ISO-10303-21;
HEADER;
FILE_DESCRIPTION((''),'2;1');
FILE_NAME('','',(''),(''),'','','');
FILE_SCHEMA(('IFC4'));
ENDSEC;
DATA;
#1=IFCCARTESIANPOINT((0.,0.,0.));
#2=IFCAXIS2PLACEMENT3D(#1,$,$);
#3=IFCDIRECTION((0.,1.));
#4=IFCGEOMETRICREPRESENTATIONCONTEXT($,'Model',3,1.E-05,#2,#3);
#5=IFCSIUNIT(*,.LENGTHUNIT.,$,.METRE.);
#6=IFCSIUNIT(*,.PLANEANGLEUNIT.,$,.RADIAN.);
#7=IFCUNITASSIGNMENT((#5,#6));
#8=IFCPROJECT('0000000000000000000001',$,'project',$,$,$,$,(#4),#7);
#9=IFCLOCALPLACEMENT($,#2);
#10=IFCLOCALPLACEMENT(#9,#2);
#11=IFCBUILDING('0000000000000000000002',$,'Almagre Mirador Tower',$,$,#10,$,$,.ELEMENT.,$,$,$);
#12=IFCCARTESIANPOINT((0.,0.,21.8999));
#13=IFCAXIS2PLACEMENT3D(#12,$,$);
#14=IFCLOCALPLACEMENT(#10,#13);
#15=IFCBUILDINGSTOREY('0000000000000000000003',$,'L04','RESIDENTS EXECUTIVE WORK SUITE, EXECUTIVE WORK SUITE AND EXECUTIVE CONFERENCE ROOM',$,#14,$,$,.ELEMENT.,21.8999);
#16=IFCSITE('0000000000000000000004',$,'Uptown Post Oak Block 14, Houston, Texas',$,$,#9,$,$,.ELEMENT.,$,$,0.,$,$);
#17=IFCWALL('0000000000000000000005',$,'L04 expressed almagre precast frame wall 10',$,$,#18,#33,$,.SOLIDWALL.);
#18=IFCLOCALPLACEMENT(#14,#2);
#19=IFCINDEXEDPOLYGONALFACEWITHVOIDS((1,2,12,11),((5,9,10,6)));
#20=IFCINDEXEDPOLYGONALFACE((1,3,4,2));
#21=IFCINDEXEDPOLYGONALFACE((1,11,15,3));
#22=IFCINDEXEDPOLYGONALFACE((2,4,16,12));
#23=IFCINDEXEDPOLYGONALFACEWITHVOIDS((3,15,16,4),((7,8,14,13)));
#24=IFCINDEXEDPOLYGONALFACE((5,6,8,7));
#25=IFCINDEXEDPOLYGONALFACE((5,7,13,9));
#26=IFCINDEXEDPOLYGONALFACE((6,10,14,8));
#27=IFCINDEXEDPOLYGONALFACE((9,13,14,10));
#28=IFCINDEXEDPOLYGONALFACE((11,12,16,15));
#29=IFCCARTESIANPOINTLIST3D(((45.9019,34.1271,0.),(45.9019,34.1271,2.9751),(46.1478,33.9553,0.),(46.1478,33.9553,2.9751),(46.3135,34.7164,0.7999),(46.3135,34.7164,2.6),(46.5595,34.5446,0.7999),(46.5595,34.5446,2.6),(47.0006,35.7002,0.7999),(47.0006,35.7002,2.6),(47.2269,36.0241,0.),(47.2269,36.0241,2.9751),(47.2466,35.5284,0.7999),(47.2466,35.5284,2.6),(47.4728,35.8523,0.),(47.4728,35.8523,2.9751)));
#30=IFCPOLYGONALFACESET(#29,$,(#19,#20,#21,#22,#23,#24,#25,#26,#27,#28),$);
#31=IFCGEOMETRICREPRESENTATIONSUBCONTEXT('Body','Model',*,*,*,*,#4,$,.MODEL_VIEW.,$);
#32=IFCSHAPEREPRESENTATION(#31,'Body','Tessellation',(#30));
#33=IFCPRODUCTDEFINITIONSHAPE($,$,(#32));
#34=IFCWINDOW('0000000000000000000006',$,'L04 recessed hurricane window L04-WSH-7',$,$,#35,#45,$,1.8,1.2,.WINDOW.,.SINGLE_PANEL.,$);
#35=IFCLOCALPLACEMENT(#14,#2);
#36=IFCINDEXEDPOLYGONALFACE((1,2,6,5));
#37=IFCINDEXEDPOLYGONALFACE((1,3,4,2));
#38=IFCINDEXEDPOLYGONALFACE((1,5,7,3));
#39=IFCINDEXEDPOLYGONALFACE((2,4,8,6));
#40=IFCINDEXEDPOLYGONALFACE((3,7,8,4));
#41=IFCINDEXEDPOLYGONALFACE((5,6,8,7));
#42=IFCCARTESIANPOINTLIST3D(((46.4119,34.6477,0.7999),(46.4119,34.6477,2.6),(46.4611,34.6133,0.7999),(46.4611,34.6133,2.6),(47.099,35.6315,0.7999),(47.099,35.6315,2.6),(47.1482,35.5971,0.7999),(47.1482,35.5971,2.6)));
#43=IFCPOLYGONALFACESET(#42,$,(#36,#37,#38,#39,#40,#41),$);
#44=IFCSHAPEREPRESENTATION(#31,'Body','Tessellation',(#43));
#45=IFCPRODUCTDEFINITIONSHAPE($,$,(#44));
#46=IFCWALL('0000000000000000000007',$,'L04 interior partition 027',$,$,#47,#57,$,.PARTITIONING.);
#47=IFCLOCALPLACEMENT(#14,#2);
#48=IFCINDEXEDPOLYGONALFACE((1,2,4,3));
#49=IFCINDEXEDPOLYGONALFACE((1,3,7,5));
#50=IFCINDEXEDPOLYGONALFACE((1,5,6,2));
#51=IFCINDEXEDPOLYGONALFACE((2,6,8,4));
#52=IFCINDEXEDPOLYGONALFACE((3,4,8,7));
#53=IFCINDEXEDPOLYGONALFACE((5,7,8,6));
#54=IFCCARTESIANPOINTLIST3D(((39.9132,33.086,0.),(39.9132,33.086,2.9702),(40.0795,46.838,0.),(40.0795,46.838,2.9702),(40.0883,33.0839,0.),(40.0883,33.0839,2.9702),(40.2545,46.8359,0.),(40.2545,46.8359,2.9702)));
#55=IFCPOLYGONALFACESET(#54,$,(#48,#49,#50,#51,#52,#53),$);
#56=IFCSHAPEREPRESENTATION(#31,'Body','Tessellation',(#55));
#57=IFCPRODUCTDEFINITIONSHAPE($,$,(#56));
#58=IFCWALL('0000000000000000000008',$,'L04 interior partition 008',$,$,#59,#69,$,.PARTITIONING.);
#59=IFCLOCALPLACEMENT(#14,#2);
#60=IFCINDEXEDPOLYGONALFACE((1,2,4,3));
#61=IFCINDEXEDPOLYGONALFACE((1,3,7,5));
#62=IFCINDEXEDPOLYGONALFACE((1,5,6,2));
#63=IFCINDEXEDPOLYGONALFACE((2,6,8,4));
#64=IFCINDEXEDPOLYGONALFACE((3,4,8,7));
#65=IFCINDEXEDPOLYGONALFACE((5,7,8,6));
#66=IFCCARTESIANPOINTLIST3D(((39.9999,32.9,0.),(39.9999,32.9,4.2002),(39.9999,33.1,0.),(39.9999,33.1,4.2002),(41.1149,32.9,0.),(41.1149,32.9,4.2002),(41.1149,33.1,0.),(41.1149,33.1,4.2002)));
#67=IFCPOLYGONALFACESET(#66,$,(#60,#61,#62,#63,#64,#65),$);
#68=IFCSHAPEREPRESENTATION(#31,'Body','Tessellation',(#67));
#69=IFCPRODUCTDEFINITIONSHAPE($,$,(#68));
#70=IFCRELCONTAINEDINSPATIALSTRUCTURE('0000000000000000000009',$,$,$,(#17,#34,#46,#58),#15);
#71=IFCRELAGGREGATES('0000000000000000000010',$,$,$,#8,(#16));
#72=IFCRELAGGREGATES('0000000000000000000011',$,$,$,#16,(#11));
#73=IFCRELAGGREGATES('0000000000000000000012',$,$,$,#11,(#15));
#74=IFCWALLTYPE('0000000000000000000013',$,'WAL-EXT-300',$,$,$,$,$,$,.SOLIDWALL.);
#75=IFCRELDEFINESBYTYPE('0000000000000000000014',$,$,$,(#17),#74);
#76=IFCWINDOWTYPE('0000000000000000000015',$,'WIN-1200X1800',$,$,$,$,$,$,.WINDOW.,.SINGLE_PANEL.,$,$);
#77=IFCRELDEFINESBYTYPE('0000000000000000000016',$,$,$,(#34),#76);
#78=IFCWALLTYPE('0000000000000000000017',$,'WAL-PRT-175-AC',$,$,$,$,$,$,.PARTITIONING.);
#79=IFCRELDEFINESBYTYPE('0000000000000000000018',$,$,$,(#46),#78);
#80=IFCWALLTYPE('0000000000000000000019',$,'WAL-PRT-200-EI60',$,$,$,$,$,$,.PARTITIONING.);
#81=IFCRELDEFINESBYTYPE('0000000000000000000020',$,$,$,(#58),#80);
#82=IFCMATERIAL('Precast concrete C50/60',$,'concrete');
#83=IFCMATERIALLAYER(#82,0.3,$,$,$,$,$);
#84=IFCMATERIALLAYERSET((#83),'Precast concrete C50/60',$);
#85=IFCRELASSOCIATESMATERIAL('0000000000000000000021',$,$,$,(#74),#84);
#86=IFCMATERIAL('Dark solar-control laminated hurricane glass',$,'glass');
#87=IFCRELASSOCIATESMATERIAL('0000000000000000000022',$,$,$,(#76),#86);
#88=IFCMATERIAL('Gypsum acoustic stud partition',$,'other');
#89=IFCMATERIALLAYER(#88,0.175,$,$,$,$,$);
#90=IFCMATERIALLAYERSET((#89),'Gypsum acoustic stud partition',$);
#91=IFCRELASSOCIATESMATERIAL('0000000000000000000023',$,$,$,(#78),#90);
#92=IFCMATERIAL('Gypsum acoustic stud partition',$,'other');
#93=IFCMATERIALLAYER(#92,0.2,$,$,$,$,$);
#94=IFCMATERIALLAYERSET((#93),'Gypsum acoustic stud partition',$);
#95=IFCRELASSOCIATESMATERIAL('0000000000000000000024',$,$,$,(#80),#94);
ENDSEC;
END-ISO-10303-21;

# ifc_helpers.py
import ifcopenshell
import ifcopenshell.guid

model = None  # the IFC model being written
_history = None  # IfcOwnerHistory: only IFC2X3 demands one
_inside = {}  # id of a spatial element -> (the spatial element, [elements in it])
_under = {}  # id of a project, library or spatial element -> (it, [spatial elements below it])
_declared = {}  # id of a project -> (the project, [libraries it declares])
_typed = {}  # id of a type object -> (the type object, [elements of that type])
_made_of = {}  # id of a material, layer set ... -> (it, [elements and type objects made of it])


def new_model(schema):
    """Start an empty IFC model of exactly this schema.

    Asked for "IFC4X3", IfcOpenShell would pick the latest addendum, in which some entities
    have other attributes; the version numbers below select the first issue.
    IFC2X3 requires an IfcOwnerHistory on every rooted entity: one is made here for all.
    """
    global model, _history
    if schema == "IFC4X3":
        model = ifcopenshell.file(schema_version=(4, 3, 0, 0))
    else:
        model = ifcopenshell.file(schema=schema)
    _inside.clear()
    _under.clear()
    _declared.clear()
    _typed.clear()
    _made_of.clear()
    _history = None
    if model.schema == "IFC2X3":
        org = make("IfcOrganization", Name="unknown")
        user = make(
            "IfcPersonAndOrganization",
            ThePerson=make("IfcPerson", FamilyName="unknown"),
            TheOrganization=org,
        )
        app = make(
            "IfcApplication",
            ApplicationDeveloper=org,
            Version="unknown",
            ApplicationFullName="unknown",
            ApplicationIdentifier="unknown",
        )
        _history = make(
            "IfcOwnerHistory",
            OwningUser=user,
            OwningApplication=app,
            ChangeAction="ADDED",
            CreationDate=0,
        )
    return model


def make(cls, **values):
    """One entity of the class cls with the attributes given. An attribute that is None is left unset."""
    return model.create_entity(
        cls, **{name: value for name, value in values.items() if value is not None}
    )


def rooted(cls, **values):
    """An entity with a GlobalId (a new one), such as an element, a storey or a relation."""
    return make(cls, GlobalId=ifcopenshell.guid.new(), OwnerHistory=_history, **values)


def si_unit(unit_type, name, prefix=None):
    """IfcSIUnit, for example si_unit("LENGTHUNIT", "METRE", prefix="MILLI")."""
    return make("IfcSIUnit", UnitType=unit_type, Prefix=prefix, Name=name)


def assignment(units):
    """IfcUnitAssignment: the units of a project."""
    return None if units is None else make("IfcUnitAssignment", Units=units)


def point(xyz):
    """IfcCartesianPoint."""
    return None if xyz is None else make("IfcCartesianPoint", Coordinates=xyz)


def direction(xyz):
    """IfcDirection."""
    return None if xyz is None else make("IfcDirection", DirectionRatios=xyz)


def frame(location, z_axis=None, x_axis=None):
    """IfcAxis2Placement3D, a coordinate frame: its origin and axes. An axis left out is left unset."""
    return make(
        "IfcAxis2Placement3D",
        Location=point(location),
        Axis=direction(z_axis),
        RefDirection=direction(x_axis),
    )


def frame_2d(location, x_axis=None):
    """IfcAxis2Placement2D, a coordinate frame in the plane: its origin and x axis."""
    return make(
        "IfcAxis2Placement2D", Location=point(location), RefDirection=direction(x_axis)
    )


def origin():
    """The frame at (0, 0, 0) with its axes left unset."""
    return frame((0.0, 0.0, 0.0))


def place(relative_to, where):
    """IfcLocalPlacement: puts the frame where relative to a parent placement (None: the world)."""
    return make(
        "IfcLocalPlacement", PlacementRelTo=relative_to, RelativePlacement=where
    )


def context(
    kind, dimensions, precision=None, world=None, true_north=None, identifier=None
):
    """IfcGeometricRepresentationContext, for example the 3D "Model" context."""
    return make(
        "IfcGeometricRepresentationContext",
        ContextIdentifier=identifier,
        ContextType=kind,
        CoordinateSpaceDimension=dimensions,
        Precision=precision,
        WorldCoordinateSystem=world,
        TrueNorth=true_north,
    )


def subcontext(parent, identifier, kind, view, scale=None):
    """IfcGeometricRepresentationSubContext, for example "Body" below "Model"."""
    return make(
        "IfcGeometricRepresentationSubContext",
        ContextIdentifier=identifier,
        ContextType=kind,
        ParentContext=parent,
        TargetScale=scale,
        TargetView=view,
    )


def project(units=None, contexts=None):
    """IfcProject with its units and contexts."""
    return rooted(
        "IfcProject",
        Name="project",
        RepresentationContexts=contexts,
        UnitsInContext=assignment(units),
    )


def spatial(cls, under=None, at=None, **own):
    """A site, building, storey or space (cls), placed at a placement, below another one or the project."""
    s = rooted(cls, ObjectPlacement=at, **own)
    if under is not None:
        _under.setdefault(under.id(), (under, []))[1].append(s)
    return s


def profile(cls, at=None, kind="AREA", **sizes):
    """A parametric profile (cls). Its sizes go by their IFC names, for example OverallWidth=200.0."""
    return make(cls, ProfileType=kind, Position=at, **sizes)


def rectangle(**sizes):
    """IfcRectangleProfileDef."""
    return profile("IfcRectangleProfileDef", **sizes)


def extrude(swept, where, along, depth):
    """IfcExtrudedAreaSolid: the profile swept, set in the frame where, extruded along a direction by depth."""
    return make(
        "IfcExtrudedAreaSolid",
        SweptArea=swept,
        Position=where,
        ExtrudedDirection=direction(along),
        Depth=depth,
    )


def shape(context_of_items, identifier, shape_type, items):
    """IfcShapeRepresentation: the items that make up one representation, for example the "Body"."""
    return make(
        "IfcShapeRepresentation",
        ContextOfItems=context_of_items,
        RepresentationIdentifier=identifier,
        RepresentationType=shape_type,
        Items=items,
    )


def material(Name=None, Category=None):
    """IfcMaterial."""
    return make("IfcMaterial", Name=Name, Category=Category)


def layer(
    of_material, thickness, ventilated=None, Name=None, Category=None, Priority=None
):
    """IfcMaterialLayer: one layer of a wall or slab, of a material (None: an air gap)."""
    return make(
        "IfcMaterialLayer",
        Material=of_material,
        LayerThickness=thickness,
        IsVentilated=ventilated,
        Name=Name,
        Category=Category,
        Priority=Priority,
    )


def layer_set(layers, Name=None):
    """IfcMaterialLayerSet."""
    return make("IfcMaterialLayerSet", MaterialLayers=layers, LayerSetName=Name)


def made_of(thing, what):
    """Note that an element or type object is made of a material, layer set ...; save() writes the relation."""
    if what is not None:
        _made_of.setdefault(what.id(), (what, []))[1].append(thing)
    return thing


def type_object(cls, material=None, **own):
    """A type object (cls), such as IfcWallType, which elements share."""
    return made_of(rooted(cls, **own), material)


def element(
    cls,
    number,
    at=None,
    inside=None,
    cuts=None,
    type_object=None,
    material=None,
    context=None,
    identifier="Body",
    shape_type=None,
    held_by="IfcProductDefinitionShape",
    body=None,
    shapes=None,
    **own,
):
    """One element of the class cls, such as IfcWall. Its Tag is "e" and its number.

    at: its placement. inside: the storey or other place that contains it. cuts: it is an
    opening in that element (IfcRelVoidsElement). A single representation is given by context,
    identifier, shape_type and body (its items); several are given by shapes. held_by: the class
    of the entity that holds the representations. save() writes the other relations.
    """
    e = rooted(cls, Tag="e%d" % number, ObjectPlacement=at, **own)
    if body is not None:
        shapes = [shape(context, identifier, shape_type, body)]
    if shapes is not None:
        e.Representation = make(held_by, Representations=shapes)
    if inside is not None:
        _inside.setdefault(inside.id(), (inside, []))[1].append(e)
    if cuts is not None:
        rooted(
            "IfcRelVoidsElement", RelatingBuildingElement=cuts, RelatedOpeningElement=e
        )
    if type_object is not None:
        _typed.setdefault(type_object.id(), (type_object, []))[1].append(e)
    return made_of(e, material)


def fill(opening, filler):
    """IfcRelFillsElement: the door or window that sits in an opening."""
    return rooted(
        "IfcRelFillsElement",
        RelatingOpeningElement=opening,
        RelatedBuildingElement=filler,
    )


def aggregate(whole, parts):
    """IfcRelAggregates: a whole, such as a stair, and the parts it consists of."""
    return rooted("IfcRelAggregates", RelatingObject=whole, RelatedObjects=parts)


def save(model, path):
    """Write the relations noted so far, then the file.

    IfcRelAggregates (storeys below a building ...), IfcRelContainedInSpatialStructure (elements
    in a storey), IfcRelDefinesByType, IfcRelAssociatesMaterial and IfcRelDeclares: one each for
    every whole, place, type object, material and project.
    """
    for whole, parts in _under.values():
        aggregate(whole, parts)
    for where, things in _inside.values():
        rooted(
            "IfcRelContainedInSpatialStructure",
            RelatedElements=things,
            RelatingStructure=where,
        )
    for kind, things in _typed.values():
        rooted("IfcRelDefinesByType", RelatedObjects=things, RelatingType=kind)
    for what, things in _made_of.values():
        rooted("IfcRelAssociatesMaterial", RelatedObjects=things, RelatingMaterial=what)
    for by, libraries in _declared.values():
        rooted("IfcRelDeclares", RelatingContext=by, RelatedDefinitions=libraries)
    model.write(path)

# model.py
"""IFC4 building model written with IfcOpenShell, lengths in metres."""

from ifc_helpers import new_model, si_unit, direction, frame, frame_2d, origin, place, context, subcontext, project, spatial, rectangle, extrude, material, layer, layer_set, type_object, element, fill, save


model = new_model("IFC4")

# Units and contexts
model_context = context("Model", 3, precision=1e-05, world=origin(), true_north=direction((0.0, 1.0)))
body_context = subcontext(model_context, "Body", "Model", "MODEL_VIEW")
ifc_project = project(units=[si_unit("LENGTHUNIT", "METRE"), si_unit("PLANEANGLEUNIT", "RADIAN")], contexts=[model_context])

# Site, building, storey
site_placement = place(None, origin())
site = spatial("IfcSite", under=ifc_project, at=site_placement, Name="Uptown Post Oak Block 14, Houston, Texas", CompositionType="ELEMENT", RefElevation=0.0)
building_placement = place(site_placement, origin())
building = spatial("IfcBuilding", under=site, at=building_placement, Name="Almagre Mirador Tower", CompositionType="ELEMENT")
storey_placement = place(building_placement, frame((0.0, 0.0, 21.8999)))
storey = spatial("IfcBuildingStorey", under=building, at=storey_placement, Name="L04", Description="RESIDENTS EXECUTIVE WORK SUITE, EXECUTIVE WORK SUITE AND EXECUTIVE CONFERENCE ROOM", CompositionType="ELEMENT", Elevation=21.8999)

# Shared definitions
ifc_material_1 = material(Name="Precast concrete C50/60", Category="concrete")
ifc_layer_1 = layer(ifc_material_1, 0.3)
ifc_layer_set_1 = layer_set([ifc_layer_1], Name="Precast concrete C50/60")
wall_type_1 = type_object("IfcWallType", Name="WAL-EXT-300", PredefinedType="SOLIDWALL", material=ifc_layer_set_1)

# Wall, opening, window
wall_1_placement = place(storey_placement, frame((47.3499, 35.9382, 0.0), z_axis=(0.0, 0.0, 1.0), x_axis=(-0.572612, -0.819826, 0.0)))
wall_1 = element("IfcWall", 1, at=wall_1_placement, inside=storey, type_object=wall_type_1, Name="L04 expressed almagre precast frame wall 10", PredefinedType="SOLIDWALL", context=body_context, shape_type="SweptSolid", body=[
    extrude(rectangle(XDim=2.314, YDim=0.3, at=frame_2d((1.157, 0.0))), origin(), (0.0, 0.0, 1.0), 2.9751),
])
opening_1_placement = place(wall_1_placement, frame((0.395, 0.0, 0.8)))
opening_1 = element("IfcOpeningElement", 2, at=opening_1_placement, cuts=wall_1, PredefinedType="OPENING", context=body_context, shape_type="SweptSolid", body=[
    extrude(rectangle(XDim=1.2, YDim=1.8, at=frame_2d((0.6001, 0.8999))), frame((0.0, 0.1599, 0.0), z_axis=(0.0, -1.0, 0.0), x_axis=(1.0, 0.0, 0.0)), (0.0, 0.0, 1.0), 0.32),
])
ifc_material_2 = material(Name="Dark solar-control laminated hurricane glass", Category="glass")
window_type_1 = type_object("IfcWindowType", Name="WIN-1200X1800", PartitioningType="SINGLE_PANEL", PredefinedType="WINDOW", material=ifc_material_2)
window_1_placement = place(opening_1_placement, origin())
window_1 = element("IfcWindow", 3, at=window_1_placement, inside=storey, type_object=window_type_1, Name="L04 recessed hurricane window L04-WSH-7", OverallHeight=1.8, OverallWidth=1.2, PartitioningType="SINGLE_PANEL", PredefinedType="WINDOW", context=body_context, shape_type="SweptSolid", body=[
    extrude(rectangle(XDim=1.2, YDim=1.8, at=frame_2d((0.6001, 0.8999))), frame((0.0, 0.03, 0.0), z_axis=(0.0, -1.0, 0.0), x_axis=(1.0, 0.0, 0.0)), (0.0, 0.0, 1.0), 0.0601),
])
fill(opening_1, window_1)

# Walls
ifc_material_3 = material(Name="Gypsum acoustic stud partition", Category="other")
ifc_layer_2 = layer(ifc_material_3, 0.175)
ifc_layer_set_2 = layer_set([ifc_layer_2], Name="Gypsum acoustic stud partition")
wall_type_2 = type_object("IfcWallType", Name="WAL-PRT-175-AC", PredefinedType="PARTITIONING", material=ifc_layer_set_2)
wall_2_placement = place(storey_placement, frame((40.167, 46.8369, 0.0), z_axis=(0.0, 0.0, 1.0), x_axis=(-0.012089, -0.999927, 0.0)))
element("IfcWall", 4, at=wall_2_placement, inside=storey, type_object=wall_type_2, Name="L04 interior partition 027", PredefinedType="PARTITIONING", context=body_context, shape_type="SweptSolid", body=[
    extrude(rectangle(XDim=13.7529, YDim=0.175, at=frame_2d((6.8765, 0.0))), origin(), (0.0, 0.0, 1.0), 2.9702),
])
ifc_material_4 = material(Name="Gypsum acoustic stud partition", Category="other")
ifc_layer_3 = layer(ifc_material_4, 0.2)
ifc_layer_set_3 = layer_set([ifc_layer_3], Name="Gypsum acoustic stud partition")
wall_type_3 = type_object("IfcWallType", Name="WAL-PRT-200-EI60", PredefinedType="PARTITIONING", material=ifc_layer_set_3)
wall_3_placement = place(storey_placement, frame((41.115, 33.0, 0.0), z_axis=(0.0, 0.0, 1.0), x_axis=(-1.0, 0.0, 0.0)))
element("IfcWall", 5, at=wall_3_placement, inside=storey, type_object=wall_type_3, Name="L04 interior partition 008", PredefinedType="PARTITIONING", context=body_context, shape_type="SweptSolid", body=[
    extrude(rectangle(XDim=1.115, YDim=0.2, at=frame_2d((0.5576, 0.0))), origin(), (0.0, 0.0, 1.0), 4.2002),
])

save(model, "model.ifc")
